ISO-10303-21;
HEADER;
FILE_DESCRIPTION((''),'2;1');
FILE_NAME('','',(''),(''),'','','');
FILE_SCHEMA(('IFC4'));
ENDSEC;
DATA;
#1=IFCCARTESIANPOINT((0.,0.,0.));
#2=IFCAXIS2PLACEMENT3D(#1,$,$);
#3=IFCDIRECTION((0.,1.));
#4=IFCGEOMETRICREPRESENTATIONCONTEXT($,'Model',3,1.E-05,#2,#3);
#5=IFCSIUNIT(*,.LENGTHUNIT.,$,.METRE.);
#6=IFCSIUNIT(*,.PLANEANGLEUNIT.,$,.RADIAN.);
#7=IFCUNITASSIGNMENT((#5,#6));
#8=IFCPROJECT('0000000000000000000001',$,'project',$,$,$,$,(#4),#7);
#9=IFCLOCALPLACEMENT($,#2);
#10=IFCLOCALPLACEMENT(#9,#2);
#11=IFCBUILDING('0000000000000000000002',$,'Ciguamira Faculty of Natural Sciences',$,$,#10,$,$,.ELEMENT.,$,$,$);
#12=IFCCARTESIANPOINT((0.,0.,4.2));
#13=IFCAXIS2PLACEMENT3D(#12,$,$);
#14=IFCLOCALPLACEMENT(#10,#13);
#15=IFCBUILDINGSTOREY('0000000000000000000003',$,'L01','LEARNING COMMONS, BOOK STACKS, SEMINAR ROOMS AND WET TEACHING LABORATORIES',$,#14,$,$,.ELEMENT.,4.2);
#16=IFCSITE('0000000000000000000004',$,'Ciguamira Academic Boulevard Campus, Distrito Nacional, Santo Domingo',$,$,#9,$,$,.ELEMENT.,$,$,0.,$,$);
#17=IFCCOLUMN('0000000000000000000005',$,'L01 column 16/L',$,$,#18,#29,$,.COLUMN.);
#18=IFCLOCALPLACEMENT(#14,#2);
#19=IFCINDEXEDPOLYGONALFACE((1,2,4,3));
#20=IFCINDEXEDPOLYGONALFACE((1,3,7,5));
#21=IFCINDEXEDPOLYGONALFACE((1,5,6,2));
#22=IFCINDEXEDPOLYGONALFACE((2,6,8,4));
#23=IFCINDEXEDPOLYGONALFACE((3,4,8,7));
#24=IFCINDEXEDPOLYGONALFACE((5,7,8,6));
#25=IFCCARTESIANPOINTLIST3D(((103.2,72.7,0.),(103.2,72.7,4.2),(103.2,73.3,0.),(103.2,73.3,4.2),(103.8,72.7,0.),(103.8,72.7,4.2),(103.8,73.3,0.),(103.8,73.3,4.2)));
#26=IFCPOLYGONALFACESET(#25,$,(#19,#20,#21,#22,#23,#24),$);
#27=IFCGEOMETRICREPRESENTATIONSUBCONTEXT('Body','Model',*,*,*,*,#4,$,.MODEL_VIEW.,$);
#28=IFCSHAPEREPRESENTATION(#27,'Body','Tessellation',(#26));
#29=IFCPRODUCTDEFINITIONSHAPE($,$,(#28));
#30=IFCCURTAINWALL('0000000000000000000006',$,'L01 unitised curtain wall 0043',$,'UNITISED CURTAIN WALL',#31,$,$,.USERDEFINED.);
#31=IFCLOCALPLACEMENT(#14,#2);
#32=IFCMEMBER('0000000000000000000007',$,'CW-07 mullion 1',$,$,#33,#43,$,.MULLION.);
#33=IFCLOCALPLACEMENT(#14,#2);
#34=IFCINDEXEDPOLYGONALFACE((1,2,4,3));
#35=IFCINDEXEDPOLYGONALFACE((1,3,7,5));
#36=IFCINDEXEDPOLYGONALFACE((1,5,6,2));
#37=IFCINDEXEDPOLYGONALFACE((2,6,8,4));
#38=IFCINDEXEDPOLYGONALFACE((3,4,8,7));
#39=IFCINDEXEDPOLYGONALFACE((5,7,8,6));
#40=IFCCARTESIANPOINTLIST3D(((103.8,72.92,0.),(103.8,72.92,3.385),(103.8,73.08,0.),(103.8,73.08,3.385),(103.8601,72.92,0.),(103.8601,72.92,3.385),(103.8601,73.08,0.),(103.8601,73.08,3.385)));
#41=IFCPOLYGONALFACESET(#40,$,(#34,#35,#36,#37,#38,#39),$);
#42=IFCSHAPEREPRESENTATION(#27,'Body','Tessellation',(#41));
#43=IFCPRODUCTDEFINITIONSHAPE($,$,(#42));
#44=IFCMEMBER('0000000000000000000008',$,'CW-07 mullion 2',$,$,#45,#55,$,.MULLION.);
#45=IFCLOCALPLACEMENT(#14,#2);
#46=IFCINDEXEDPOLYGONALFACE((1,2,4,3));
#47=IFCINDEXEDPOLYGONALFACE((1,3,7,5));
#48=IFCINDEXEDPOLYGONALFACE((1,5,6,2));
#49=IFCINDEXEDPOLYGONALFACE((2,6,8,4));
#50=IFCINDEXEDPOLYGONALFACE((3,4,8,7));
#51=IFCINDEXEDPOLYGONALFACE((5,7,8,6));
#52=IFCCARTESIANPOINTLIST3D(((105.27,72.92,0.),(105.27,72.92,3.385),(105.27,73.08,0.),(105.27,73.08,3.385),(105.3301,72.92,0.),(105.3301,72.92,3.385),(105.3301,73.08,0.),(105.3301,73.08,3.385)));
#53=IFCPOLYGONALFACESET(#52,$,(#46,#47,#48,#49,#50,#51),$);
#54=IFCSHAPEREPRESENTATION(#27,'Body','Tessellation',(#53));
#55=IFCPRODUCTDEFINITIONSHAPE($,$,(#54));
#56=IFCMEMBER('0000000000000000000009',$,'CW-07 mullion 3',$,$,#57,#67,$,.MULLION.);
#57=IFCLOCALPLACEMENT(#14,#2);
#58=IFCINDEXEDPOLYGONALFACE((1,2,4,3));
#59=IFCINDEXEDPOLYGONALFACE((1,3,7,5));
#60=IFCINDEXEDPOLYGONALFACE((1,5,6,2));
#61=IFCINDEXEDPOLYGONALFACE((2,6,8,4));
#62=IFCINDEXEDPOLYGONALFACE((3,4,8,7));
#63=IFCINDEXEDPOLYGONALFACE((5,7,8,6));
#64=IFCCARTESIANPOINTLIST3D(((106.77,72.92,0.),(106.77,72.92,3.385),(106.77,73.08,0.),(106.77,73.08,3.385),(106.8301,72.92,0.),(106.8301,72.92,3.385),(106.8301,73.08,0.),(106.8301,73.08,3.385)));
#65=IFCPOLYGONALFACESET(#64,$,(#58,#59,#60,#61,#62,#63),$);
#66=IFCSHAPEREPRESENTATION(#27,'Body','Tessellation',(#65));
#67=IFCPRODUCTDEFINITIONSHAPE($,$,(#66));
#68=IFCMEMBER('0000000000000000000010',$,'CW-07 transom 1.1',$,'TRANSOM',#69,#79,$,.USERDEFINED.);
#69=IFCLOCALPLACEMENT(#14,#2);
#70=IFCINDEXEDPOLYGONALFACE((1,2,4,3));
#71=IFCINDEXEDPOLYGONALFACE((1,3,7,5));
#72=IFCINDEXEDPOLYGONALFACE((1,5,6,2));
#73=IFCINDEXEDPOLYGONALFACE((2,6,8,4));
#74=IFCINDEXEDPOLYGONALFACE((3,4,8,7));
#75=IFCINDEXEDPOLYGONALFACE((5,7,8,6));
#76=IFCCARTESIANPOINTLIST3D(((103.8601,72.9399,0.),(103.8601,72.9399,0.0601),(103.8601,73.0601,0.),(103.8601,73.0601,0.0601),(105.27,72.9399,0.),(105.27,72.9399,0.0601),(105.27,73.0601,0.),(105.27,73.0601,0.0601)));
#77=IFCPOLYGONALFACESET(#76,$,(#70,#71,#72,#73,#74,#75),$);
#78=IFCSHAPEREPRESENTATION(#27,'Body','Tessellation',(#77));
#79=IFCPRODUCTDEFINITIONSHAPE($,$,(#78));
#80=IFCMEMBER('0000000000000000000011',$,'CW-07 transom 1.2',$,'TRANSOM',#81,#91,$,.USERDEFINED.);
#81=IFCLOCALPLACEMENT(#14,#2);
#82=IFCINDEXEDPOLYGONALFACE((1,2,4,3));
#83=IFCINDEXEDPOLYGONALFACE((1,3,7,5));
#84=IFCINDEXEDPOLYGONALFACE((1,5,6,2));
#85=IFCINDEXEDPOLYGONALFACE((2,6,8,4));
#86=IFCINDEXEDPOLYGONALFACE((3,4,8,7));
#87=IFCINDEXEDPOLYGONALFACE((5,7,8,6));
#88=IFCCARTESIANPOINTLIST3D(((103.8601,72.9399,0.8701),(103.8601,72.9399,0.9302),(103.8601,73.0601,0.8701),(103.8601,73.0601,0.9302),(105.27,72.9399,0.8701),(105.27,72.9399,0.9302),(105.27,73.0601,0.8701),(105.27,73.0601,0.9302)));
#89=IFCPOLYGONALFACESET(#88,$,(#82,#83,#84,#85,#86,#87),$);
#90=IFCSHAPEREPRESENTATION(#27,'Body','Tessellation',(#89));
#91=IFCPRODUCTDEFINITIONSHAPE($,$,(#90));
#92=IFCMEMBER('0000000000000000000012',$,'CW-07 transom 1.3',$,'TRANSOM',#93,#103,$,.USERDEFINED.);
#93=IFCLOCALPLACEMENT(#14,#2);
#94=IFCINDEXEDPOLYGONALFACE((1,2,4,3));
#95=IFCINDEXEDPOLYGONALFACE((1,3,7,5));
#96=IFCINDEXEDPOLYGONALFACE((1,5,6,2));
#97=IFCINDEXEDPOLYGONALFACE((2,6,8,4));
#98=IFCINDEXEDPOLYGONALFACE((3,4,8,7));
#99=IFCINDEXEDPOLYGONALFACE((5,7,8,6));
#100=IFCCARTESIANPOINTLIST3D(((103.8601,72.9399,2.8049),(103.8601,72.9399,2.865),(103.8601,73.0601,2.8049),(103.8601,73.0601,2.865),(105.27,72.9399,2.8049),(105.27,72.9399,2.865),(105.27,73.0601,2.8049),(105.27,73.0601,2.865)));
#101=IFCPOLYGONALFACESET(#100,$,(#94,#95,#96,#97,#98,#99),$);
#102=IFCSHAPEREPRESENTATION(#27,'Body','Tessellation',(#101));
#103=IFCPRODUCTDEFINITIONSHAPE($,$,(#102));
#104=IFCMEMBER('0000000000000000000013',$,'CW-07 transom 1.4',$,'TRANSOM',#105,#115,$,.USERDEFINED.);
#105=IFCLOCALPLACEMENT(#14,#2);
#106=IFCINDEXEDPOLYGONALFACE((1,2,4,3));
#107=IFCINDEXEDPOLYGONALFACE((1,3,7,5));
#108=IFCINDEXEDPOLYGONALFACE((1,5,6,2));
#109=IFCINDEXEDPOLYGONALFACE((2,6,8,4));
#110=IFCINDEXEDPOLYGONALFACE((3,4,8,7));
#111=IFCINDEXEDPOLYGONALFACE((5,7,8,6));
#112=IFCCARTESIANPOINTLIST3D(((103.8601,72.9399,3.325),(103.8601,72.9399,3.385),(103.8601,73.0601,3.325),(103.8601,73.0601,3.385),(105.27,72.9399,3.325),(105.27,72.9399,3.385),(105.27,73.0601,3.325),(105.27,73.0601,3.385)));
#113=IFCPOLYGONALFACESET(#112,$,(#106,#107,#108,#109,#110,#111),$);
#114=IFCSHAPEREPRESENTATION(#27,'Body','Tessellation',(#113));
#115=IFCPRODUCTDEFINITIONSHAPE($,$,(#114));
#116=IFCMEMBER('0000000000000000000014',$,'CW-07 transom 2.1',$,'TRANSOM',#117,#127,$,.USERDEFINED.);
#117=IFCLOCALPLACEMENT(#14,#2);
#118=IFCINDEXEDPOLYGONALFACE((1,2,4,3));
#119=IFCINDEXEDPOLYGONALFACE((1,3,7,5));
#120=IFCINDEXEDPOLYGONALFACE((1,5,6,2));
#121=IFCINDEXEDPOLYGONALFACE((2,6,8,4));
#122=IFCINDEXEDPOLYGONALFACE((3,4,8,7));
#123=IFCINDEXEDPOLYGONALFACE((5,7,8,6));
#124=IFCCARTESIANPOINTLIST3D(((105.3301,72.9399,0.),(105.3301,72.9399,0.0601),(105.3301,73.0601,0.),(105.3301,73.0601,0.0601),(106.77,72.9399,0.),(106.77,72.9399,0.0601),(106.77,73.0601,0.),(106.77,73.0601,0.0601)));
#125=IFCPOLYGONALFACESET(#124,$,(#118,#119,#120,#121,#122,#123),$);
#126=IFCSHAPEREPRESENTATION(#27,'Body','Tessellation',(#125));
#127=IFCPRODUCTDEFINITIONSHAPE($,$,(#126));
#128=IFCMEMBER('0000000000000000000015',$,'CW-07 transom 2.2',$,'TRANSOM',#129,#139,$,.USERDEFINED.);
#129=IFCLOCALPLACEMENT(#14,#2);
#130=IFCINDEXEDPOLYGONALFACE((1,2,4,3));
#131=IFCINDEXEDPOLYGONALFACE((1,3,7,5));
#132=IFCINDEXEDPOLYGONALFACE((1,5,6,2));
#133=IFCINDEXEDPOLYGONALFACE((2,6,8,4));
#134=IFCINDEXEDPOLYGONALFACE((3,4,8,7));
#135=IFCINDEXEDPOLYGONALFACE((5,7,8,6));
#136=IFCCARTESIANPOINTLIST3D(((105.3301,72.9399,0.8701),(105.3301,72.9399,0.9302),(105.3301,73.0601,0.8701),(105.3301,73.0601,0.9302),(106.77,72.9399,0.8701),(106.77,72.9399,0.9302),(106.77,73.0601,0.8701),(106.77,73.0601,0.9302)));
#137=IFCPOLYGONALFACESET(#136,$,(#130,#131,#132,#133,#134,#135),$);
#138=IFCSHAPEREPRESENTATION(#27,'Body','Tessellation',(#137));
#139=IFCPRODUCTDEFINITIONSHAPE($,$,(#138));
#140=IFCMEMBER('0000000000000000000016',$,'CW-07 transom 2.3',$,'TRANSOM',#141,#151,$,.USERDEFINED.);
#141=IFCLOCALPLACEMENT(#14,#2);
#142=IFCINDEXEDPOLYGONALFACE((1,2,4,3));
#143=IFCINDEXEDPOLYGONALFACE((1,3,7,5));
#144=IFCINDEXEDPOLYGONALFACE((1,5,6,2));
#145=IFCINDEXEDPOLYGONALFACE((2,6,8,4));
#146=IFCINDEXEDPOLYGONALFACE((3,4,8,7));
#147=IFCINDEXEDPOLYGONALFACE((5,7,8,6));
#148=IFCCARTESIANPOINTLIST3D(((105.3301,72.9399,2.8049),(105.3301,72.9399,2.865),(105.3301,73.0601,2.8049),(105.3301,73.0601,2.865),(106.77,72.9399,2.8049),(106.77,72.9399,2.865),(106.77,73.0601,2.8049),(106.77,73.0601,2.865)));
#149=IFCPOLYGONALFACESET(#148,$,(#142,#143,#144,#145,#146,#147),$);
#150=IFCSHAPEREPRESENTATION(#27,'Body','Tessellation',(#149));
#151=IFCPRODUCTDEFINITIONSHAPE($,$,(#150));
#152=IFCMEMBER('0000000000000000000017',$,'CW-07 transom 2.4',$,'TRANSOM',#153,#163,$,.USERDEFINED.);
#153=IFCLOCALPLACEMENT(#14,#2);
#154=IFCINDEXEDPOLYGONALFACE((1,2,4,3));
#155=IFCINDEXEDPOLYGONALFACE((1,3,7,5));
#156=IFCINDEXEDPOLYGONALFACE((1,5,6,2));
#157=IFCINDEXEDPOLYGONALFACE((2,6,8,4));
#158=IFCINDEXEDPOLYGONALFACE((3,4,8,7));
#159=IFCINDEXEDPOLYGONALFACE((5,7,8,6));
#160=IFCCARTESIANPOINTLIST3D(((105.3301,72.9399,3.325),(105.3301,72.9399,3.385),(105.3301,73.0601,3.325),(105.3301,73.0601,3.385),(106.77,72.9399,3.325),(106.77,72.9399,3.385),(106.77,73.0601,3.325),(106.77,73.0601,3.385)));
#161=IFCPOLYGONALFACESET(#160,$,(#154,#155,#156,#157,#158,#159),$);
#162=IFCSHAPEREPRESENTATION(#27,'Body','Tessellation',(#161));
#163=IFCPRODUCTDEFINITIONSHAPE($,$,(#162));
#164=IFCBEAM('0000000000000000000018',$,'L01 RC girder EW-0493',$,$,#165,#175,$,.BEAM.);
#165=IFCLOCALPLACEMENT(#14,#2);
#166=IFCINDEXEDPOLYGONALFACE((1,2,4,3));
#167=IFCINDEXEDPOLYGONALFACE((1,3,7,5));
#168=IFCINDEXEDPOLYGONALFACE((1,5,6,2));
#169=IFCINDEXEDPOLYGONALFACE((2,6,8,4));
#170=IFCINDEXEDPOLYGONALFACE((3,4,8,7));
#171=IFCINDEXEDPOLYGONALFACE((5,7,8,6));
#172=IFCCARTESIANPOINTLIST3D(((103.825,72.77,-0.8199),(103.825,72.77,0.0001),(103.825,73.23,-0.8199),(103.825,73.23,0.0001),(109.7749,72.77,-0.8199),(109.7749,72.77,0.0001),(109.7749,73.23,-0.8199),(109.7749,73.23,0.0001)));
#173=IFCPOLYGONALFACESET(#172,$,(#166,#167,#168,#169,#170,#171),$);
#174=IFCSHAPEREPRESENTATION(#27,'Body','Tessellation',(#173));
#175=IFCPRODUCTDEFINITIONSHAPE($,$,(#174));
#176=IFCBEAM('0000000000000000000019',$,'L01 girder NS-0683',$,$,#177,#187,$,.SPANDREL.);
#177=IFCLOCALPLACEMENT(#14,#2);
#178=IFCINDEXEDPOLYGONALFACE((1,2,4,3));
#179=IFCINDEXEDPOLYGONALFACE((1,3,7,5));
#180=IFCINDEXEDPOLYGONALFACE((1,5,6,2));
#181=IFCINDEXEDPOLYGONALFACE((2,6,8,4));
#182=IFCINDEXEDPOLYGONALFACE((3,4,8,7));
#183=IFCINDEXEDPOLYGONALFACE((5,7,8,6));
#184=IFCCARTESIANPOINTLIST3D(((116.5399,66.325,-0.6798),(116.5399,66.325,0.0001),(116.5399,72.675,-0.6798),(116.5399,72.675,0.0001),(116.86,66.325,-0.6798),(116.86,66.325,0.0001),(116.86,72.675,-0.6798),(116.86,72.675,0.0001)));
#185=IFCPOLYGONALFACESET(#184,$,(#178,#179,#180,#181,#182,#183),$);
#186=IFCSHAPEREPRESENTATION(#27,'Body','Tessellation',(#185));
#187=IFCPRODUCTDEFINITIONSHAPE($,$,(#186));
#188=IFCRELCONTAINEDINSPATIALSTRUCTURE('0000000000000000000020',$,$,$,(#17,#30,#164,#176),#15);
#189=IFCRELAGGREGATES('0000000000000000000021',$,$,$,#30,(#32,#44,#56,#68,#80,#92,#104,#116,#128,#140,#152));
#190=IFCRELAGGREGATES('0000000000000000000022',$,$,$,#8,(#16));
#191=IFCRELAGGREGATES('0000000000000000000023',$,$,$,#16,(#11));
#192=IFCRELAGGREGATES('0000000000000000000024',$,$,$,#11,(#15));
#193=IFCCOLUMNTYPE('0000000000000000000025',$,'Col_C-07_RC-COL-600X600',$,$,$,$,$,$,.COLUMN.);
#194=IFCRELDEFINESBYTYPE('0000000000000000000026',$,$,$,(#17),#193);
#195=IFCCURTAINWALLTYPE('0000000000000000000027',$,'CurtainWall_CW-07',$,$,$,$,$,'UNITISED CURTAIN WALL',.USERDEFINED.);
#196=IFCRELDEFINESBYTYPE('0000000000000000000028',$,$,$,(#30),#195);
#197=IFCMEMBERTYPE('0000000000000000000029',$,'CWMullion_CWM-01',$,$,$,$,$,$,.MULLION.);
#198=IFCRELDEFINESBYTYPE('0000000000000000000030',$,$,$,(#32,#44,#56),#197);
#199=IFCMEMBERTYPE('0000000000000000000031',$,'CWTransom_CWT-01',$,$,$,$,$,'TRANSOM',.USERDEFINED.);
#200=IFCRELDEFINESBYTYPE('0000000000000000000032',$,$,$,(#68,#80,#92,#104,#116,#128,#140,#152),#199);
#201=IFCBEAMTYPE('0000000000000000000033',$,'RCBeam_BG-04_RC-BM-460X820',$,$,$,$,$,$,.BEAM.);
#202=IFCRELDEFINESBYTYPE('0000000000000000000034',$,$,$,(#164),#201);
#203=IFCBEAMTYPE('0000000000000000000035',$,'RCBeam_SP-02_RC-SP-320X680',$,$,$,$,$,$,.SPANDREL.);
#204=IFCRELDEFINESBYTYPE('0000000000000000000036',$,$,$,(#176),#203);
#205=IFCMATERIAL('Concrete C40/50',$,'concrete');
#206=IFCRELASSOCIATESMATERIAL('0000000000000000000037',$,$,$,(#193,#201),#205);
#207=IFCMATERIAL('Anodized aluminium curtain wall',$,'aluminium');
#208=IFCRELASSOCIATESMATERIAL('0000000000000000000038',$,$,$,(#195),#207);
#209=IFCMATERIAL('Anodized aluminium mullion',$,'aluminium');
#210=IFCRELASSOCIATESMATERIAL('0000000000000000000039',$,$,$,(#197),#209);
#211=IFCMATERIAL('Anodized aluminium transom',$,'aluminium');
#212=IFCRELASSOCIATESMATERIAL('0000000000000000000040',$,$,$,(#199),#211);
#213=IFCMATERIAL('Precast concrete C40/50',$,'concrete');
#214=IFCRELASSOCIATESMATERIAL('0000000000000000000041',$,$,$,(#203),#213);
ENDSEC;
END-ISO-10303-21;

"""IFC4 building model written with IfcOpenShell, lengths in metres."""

from ifc_helpers import new_model, si_unit, direction, frame, origin, origin_2d, place, context, subcontext, project, spatial, rectangle, extrude, material, material_profile, profile_set, type_object, element, aggregate, save


model = new_model("IFC4")

# Units and contexts
model_context = context("Model", 3, precision=1e-05, world=origin(), true_north=direction((0.0, 1.0)))
body_context = subcontext(model_context, "Body", "Model", "MODEL_VIEW")
ifc_project = project(units=[si_unit("LENGTHUNIT", "METRE"), si_unit("PLANEANGLEUNIT", "RADIAN")], contexts=[model_context])

# Site, building, storey
site_placement = place(None, origin())
site = spatial("IfcSite", under=ifc_project, at=site_placement, Name="Ciguamira Academic Boulevard Campus, Distrito Nacional, Santo Domingo", CompositionType="ELEMENT", RefElevation=0.0)
building_placement = place(site_placement, origin())
building = spatial("IfcBuilding", under=site, at=building_placement, Name="Ciguamira Faculty of Natural Sciences", CompositionType="ELEMENT")
storey_placement = place(building_placement, frame((0.0, 0.0, 4.2)))
storey = spatial("IfcBuildingStorey", under=building, at=storey_placement, Name="L01", Description="LEARNING COMMONS, BOOK STACKS, SEMINAR ROOMS AND WET TEACHING LABORATORIES", CompositionType="ELEMENT", Elevation=4.2)

# Column
ifc_material_1 = material(Name="Concrete C40/50", Category="concrete")
ifc_material_profile_1 = material_profile(ifc_material_1, rectangle(XDim=0.6001, YDim=0.6001, at=origin_2d()), Name="RC-COL-600X600")
ifc_profile_set_1 = profile_set([ifc_material_profile_1], Name="Concrete C40/50")
column_type = type_object("IfcColumnType", Name="Col_C-07_RC-COL-600X600", PredefinedType="COLUMN", material=ifc_profile_set_1)
column_placement = place(storey_placement, frame((103.5, 73.0, 0.0), z_axis=(0.0, 0.0, 1.0), x_axis=(1.0, 0.0, 0.0)))
element("IfcColumn", 1, at=column_placement, inside=storey, type_object=column_type, Name="L01 column 16/L", PredefinedType="COLUMN", context=body_context, shape_type="SweptSolid", body=[
    extrude(rectangle(XDim=0.6001, YDim=0.6001, at=origin_2d()), origin(), (0.0, 0.0, 1.0), 4.2),
])

# Curtain wall, members
ifc_material_2 = material(Name="Anodized aluminium curtain wall", Category="aluminium")
curtain_wall_type = type_object("IfcCurtainWallType", Name="CurtainWall_CW-07", ElementType="UNITISED CURTAIN WALL", PredefinedType="USERDEFINED", material=ifc_material_2)
curtain_wall_placement = place(storey_placement, origin())
curtain_wall = element("IfcCurtainWall", 2, at=curtain_wall_placement, inside=storey, type_object=curtain_wall_type, Name="L01 unitised curtain wall 0043", ObjectType="UNITISED CURTAIN WALL", PredefinedType="USERDEFINED")
ifc_material_3 = material(Name="Anodized aluminium mullion", Category="aluminium")
ifc_material_profile_2 = material_profile(ifc_material_3, rectangle(XDim=0.0601, YDim=0.1599, at=origin_2d()), Name="ALU-MUL-60X160")
ifc_profile_set_2 = profile_set([ifc_material_profile_2], Name="Anodized aluminium mullion")
member_type_1 = type_object("IfcMemberType", Name="CWMullion_CWM-01", PredefinedType="MULLION", material=ifc_profile_set_2)
member_1_placement = place(storey_placement, frame((103.8301, 73.0, 0.0), z_axis=(0.0, 0.0, 1.0), x_axis=(1.0, 0.0, 0.0)))
member_1 = element("IfcMember", 3, at=member_1_placement, type_object=member_type_1, Name="CW-07 mullion 1", PredefinedType="MULLION", context=body_context, shape_type="SweptSolid", body=[
    extrude(rectangle(XDim=0.0601, YDim=0.1599, at=origin_2d()), origin(), (0.0, 0.0, 1.0), 3.385),
])
member_2_placement = place(storey_placement, frame((105.3, 73.0, 0.0), z_axis=(0.0, 0.0, 1.0), x_axis=(1.0, 0.0, 0.0)))
member_2 = element("IfcMember", 4, at=member_2_placement, type_object=member_type_1, Name="CW-07 mullion 2", PredefinedType="MULLION", context=body_context, shape_type="SweptSolid", body=[
    extrude(rectangle(XDim=0.0601, YDim=0.1599, at=origin_2d()), origin(), (0.0, 0.0, 1.0), 3.385),
])
member_3_placement = place(storey_placement, frame((106.8, 73.0, 0.0), z_axis=(0.0, 0.0, 1.0), x_axis=(1.0, 0.0, 0.0)))
member_3 = element("IfcMember", 5, at=member_3_placement, type_object=member_type_1, Name="CW-07 mullion 3", PredefinedType="MULLION", context=body_context, shape_type="SweptSolid", body=[
    extrude(rectangle(XDim=0.0601, YDim=0.1599, at=origin_2d()), origin(), (0.0, 0.0, 1.0), 3.385),
])
ifc_material_4 = material(Name="Anodized aluminium transom", Category="aluminium")
ifc_material_profile_3 = material_profile(ifc_material_4, rectangle(XDim=0.0601, YDim=0.1201, at=origin_2d()), Name="ALU-TRN-60X120")
ifc_profile_set_3 = profile_set([ifc_material_profile_3], Name="Anodized aluminium transom")
member_type_2 = type_object("IfcMemberType", Name="CWTransom_CWT-01", ElementType="TRANSOM", PredefinedType="USERDEFINED", material=ifc_profile_set_3)
member_4_placement = place(storey_placement, frame((103.8601, 73.0, 0.03), z_axis=(1.0, 0.0, 0.0), x_axis=(0.0, 0.0, 1.0)))
member_4 = element("IfcMember", 6, at=member_4_placement, type_object=member_type_2, Name="CW-07 transom 1.1", ObjectType="TRANSOM", PredefinedType="USERDEFINED", context=body_context, shape_type="SweptSolid", body=[
    extrude(rectangle(XDim=0.0601, YDim=0.1201, at=origin_2d()), origin(), (0.0, 0.0, 1.0), 1.4099),
])
member_5_placement = place(storey_placement, frame((103.8601, 73.0, 0.9001), z_axis=(1.0, 0.0, 0.0), x_axis=(0.0, 0.0, 1.0)))
member_5 = element("IfcMember", 7, at=member_5_placement, type_object=member_type_2, Name="CW-07 transom 1.2", ObjectType="TRANSOM", PredefinedType="USERDEFINED", context=body_context, shape_type="SweptSolid", body=[
    extrude(rectangle(XDim=0.0601, YDim=0.1201, at=origin_2d()), origin(), (0.0, 0.0, 1.0), 1.4099),
])
member_6_placement = place(storey_placement, frame((103.8601, 73.0, 2.835), z_axis=(1.0, 0.0, 0.0), x_axis=(0.0, 0.0, 1.0)))
member_6 = element("IfcMember", 8, at=member_6_placement, type_object=member_type_2, Name="CW-07 transom 1.3", ObjectType="TRANSOM", PredefinedType="USERDEFINED", context=body_context, shape_type="SweptSolid", body=[
    extrude(rectangle(XDim=0.0601, YDim=0.1201, at=origin_2d()), origin(), (0.0, 0.0, 1.0), 1.4099),
])
member_7_placement = place(storey_placement, frame((103.8601, 73.0, 3.355), z_axis=(1.0, 0.0, 0.0), x_axis=(0.0, 0.0, 1.0)))
member_7 = element("IfcMember", 9, at=member_7_placement, type_object=member_type_2, Name="CW-07 transom 1.4", ObjectType="TRANSOM", PredefinedType="USERDEFINED", context=body_context, shape_type="SweptSolid", body=[
    extrude(rectangle(XDim=0.0601, YDim=0.1201, at=origin_2d()), origin(), (0.0, 0.0, 1.0), 1.4099),
])
member_8_placement = place(storey_placement, frame((105.3301, 73.0, 0.03), z_axis=(1.0, 0.0, 0.0), x_axis=(0.0, 0.0, 1.0)))
member_8 = element("IfcMember", 10, at=member_8_placement, type_object=member_type_2, Name="CW-07 transom 2.1", ObjectType="TRANSOM", PredefinedType="USERDEFINED", context=body_context, shape_type="SweptSolid", body=[
    extrude(rectangle(XDim=0.0601, YDim=0.1201, at=origin_2d()), origin(), (0.0, 0.0, 1.0), 1.4399),
])
member_9_placement = place(storey_placement, frame((105.3301, 73.0, 0.9001), z_axis=(1.0, 0.0, 0.0), x_axis=(0.0, 0.0, 1.0)))
member_9 = element("IfcMember", 11, at=member_9_placement, type_object=member_type_2, Name="CW-07 transom 2.2", ObjectType="TRANSOM", PredefinedType="USERDEFINED", context=body_context, shape_type="SweptSolid", body=[
    extrude(rectangle(XDim=0.0601, YDim=0.1201, at=origin_2d()), origin(), (0.0, 0.0, 1.0), 1.4399),
])
member_10_placement = place(storey_placement, frame((105.3301, 73.0, 2.835), z_axis=(1.0, 0.0, 0.0), x_axis=(0.0, 0.0, 1.0)))
member_10 = element("IfcMember", 12, at=member_10_placement, type_object=member_type_2, Name="CW-07 transom 2.3", ObjectType="TRANSOM", PredefinedType="USERDEFINED", context=body_context, shape_type="SweptSolid", body=[
    extrude(rectangle(XDim=0.0601, YDim=0.1201, at=origin_2d()), origin(), (0.0, 0.0, 1.0), 1.4399),
])
member_11_placement = place(storey_placement, frame((105.3301, 73.0, 3.355), z_axis=(1.0, 0.0, 0.0), x_axis=(0.0, 0.0, 1.0)))
member_11 = element("IfcMember", 13, at=member_11_placement, type_object=member_type_2, Name="CW-07 transom 2.4", ObjectType="TRANSOM", PredefinedType="USERDEFINED", context=body_context, shape_type="SweptSolid", body=[
    extrude(rectangle(XDim=0.0601, YDim=0.1201, at=origin_2d()), origin(), (0.0, 0.0, 1.0), 1.4399),
])

# Beams
ifc_material_profile_4 = material_profile(ifc_material_1, rectangle(XDim=0.46, YDim=0.8201, at=origin_2d()), Name="RC-BM-460X820")
ifc_profile_set_4 = profile_set([ifc_material_profile_4], Name="Concrete C40/50")
beam_type_1 = type_object("IfcBeamType", Name="RCBeam_BG-04_RC-BM-460X820", PredefinedType="BEAM", material=ifc_profile_set_4)
beam_1_placement = place(storey_placement, frame((103.825, 73.0, -0.4099), z_axis=(1.0, 0.0, 0.0), x_axis=(0.0, 1.0, 0.0)))
element("IfcBeam", 14, at=beam_1_placement, inside=storey, type_object=beam_type_1, Name="L01 RC girder EW-0493", PredefinedType="BEAM", context=body_context, shape_type="SweptSolid", body=[
    extrude(rectangle(XDim=0.46, YDim=0.8201, at=origin_2d()), origin(), (0.0, 0.0, 1.0), 5.95),
])
ifc_material_5 = material(Name="Precast concrete C40/50", Category="concrete")
ifc_material_profile_5 = material_profile(ifc_material_5, rectangle(XDim=0.3201, YDim=0.6799, at=origin_2d()), Name="RC-SP-320X680")
ifc_profile_set_5 = profile_set([ifc_material_profile_5], Name="Precast concrete C40/50")
beam_type_2 = type_object("IfcBeamType", Name="RCBeam_SP-02_RC-SP-320X680", PredefinedType="SPANDREL", material=ifc_profile_set_5)
beam_2_placement = place(storey_placement, frame((116.7, 66.325, -0.3398), z_axis=(0.0, 1.0, 0.0), x_axis=(-1.0, 0.0, 0.0)))
element("IfcBeam", 15, at=beam_2_placement, inside=storey, type_object=beam_type_2, Name="L01 girder NS-0683", PredefinedType="SPANDREL", context=body_context, shape_type="SweptSolid", body=[
    extrude(rectangle(XDim=0.3201, YDim=0.6799, at=origin_2d()), origin(), (0.0, 0.0, 1.0), 6.3501),
])

aggregate(curtain_wall, [member_1, member_2, member_3, member_4, member_5, member_6, member_7, member_8, member_9, member_10, member_11])

save(model, "model.ifc")
